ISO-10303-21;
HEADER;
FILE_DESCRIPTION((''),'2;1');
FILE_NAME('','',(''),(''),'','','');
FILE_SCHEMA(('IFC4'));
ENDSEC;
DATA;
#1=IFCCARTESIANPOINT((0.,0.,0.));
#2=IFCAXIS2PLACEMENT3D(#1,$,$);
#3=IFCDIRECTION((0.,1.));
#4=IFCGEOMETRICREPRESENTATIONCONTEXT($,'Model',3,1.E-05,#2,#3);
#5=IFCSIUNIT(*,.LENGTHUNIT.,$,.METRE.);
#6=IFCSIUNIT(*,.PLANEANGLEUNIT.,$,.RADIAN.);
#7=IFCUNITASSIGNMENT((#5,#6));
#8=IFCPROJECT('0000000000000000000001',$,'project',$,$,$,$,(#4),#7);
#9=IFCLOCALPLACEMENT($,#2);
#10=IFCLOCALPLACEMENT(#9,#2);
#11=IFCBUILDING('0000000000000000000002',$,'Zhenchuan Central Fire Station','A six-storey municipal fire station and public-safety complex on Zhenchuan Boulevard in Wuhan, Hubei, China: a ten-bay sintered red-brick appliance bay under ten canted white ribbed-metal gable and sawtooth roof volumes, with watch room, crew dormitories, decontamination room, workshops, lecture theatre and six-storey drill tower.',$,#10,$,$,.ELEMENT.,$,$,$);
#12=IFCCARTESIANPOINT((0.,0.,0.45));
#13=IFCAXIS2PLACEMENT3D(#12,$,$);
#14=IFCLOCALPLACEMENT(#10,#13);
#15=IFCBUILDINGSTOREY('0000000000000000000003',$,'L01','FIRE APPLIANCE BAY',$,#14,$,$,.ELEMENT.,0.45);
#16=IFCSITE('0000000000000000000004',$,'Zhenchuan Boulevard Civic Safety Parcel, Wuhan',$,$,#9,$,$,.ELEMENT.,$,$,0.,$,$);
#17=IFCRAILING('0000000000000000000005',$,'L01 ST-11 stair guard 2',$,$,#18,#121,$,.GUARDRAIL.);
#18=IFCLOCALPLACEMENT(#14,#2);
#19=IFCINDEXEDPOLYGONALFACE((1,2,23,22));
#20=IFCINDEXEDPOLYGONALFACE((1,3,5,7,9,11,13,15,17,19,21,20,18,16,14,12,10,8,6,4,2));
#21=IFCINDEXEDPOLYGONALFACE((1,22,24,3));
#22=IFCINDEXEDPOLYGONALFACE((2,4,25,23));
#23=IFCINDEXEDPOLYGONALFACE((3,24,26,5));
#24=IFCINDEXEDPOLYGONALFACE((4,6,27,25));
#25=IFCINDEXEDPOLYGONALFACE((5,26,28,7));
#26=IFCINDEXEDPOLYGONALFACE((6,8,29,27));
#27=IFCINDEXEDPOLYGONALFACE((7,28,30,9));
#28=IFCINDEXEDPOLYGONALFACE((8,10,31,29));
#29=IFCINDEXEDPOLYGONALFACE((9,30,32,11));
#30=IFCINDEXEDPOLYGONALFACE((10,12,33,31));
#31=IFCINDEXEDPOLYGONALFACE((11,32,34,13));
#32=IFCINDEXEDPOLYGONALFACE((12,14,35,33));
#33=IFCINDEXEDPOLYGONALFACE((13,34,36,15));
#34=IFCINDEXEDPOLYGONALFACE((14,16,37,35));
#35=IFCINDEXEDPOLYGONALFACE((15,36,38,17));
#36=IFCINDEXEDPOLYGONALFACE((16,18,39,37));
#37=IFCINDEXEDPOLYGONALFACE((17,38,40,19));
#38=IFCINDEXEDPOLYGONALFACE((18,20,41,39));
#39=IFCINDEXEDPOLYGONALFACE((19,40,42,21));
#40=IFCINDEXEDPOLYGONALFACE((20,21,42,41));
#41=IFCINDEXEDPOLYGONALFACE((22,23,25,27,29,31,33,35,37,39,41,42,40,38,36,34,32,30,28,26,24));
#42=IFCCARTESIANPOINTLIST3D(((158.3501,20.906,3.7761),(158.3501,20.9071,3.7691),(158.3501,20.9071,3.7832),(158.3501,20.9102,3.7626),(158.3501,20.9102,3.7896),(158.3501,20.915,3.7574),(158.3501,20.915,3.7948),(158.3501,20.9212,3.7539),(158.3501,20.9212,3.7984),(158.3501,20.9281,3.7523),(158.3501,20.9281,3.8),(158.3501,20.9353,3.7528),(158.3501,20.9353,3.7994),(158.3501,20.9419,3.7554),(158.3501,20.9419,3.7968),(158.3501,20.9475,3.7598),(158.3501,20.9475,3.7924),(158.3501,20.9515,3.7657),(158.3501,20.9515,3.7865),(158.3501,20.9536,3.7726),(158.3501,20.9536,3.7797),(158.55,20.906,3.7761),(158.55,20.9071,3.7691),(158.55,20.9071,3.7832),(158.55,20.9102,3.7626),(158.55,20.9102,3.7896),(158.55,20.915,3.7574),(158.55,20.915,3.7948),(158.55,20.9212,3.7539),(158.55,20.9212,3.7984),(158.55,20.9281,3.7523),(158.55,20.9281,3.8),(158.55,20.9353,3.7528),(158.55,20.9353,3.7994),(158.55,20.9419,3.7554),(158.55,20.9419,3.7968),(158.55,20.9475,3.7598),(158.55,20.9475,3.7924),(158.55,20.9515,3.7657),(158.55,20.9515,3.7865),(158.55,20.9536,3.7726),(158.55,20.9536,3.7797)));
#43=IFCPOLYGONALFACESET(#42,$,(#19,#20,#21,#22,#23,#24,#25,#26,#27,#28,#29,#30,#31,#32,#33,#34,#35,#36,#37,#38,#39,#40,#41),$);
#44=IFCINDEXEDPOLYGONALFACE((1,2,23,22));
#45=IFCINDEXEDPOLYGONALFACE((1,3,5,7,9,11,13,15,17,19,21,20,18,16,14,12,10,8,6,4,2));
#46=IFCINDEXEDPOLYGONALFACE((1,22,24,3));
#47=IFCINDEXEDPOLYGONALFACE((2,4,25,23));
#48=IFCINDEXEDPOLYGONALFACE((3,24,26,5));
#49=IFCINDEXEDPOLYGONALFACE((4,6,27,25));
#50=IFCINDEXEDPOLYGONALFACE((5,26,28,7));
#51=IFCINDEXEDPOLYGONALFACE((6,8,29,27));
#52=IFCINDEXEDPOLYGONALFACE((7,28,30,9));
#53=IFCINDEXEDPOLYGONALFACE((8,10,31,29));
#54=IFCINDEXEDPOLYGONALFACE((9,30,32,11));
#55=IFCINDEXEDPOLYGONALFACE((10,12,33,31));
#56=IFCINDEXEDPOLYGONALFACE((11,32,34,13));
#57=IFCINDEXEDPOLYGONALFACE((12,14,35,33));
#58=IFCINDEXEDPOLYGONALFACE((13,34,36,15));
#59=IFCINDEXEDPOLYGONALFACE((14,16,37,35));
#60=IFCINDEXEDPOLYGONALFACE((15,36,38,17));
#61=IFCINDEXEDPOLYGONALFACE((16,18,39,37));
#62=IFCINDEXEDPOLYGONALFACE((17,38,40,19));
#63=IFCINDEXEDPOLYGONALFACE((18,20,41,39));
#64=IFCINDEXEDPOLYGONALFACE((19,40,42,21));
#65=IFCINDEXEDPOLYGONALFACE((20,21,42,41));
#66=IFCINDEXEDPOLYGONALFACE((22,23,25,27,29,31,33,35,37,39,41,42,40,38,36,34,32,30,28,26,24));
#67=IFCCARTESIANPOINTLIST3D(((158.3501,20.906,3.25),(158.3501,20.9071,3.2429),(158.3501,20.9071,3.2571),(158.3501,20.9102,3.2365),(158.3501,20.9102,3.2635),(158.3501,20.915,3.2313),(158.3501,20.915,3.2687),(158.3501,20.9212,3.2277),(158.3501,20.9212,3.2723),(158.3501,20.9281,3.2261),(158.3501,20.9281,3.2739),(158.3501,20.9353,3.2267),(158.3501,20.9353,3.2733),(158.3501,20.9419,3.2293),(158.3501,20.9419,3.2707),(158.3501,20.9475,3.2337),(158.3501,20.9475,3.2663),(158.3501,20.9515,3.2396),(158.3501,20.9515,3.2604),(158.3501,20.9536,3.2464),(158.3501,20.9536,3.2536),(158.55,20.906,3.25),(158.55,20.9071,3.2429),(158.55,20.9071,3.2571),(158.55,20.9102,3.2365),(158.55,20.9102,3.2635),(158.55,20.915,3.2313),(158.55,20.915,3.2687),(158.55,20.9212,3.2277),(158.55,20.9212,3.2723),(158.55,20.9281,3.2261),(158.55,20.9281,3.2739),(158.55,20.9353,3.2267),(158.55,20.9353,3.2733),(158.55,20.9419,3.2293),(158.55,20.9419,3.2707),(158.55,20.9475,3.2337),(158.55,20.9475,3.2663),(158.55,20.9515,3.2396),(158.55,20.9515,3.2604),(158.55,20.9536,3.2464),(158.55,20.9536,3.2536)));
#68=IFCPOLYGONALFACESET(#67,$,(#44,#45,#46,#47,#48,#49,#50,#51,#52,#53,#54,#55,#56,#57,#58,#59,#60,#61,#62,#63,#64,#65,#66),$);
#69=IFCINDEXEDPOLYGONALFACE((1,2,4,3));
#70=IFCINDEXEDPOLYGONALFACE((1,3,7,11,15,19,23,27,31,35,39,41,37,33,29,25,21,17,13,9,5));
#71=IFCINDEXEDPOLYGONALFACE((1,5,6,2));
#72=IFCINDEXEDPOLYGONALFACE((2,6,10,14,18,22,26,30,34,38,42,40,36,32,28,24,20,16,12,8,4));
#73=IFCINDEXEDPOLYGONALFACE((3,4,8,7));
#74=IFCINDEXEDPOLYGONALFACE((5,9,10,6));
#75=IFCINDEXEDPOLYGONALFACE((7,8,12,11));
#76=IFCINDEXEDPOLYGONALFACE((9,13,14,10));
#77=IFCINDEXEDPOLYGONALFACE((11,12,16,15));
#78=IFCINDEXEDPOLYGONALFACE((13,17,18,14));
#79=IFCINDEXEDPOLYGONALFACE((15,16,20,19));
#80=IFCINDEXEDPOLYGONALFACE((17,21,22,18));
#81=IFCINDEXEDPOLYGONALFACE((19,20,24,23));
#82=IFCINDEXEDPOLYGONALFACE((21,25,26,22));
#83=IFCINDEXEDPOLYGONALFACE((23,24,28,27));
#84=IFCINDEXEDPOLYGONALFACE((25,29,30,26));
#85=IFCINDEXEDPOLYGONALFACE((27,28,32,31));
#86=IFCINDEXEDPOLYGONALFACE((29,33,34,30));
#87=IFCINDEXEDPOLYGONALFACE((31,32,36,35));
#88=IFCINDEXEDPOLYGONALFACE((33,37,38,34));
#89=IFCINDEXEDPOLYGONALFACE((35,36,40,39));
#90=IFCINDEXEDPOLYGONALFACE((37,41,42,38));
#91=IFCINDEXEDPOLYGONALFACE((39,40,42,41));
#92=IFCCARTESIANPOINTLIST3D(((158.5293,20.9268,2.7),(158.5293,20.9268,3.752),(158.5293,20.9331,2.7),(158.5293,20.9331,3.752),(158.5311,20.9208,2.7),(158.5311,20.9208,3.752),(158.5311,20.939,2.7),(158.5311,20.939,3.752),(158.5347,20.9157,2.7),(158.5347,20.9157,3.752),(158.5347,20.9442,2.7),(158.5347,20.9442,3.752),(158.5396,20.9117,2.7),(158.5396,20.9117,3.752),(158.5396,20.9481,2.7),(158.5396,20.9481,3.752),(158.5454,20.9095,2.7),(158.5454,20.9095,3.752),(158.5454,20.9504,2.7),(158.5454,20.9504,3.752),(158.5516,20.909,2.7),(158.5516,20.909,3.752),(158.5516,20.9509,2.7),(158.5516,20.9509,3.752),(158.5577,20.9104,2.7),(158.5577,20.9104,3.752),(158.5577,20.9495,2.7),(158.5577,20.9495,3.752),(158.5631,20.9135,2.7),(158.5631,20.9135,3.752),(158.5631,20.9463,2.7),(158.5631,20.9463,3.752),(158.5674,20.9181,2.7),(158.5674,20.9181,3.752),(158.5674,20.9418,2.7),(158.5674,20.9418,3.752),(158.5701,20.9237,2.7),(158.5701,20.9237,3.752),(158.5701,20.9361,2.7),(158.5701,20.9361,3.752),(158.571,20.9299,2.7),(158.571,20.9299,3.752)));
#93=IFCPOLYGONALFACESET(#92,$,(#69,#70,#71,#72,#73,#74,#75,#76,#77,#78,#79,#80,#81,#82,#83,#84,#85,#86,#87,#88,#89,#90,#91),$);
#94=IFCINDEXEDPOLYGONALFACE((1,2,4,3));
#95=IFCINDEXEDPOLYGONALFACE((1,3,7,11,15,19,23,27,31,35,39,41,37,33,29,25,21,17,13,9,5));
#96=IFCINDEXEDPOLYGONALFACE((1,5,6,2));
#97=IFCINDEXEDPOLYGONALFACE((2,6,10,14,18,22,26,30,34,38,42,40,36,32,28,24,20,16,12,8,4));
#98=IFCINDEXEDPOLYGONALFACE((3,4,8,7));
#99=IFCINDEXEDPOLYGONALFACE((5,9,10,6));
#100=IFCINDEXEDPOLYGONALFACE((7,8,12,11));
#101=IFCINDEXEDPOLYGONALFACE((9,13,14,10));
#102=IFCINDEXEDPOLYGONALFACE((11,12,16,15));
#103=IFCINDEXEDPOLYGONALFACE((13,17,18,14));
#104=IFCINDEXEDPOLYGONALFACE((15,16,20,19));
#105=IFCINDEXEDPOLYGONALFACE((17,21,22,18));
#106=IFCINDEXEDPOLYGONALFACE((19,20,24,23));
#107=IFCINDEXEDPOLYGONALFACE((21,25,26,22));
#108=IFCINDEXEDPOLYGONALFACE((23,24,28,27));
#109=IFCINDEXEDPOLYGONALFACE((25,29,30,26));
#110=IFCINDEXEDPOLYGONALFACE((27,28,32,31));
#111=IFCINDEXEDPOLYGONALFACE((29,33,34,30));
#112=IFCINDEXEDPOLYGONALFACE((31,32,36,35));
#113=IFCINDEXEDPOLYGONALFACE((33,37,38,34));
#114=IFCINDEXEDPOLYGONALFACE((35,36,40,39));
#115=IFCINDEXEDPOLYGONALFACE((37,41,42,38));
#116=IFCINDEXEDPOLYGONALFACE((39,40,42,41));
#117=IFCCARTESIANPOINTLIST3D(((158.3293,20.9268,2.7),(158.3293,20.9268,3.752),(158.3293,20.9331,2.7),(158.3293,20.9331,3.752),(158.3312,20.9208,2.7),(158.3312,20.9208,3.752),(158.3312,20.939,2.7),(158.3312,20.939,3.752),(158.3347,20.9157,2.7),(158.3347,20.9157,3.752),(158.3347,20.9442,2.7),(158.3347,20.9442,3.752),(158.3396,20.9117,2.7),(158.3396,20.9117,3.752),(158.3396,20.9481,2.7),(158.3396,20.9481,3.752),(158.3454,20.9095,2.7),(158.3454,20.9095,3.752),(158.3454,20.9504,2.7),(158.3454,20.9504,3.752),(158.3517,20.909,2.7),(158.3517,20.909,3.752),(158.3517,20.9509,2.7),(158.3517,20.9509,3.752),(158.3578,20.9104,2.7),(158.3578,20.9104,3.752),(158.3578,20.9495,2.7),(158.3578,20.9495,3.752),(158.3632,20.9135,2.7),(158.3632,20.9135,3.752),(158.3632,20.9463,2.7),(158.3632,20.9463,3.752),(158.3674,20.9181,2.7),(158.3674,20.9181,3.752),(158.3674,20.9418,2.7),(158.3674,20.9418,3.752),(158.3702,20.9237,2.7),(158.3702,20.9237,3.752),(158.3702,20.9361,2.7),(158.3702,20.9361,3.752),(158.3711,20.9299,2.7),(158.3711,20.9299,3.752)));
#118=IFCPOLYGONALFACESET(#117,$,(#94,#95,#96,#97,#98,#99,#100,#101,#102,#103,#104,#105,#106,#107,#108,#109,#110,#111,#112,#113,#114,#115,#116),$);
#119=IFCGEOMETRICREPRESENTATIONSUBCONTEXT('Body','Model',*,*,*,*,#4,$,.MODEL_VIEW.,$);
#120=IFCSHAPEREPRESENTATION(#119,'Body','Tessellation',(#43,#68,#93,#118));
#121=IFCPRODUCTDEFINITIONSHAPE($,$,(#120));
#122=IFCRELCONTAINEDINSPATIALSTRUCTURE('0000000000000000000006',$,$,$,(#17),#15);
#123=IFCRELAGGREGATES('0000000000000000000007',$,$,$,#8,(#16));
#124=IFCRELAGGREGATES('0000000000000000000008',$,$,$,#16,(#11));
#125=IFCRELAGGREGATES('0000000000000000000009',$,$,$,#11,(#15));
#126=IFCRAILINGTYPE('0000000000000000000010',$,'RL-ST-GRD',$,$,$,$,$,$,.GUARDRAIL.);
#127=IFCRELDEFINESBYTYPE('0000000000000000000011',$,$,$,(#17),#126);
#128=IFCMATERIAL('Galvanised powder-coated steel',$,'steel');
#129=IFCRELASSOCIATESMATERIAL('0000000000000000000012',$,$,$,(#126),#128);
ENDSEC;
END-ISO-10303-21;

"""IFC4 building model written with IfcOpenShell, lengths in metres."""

from ifc_helpers import new_model, si_unit, direction, frame, origin, origin_2d, place, context, subcontext, project, spatial, circle, extrude, material, type_object, element, save


model = new_model("IFC4")

# Units and contexts
model_context = context("Model", 3, precision=1e-05, world=origin(), true_north=direction((0.0, 1.0)))
body_context = subcontext(model_context, "Body", "Model", "MODEL_VIEW")
ifc_project = project(units=[si_unit("LENGTHUNIT", "METRE"), si_unit("PLANEANGLEUNIT", "RADIAN")], contexts=[model_context])

# Site, building, storey
site_placement = place(None, origin())
site = spatial("IfcSite", under=ifc_project, at=site_placement, Name="Zhenchuan Boulevard Civic Safety Parcel, Wuhan", CompositionType="ELEMENT", RefElevation=0.0)
building_placement = place(site_placement, origin())
building = spatial("IfcBuilding", under=site, at=building_placement, Name="Zhenchuan Central Fire Station", Description="A six-storey municipal fire station and public-safety complex on Zhenchuan Boulevard in Wuhan, Hubei, China: a ten-bay sintered red-brick appliance bay under ten canted white ribbed-metal gable and sawtooth roof volumes, with watch room, crew dormitories, decontamination room, workshops, lecture theatre and six-storey drill tower.", CompositionType="ELEMENT")
storey_placement = place(building_placement, frame((0.0, 0.0, 0.45)))
storey = spatial("IfcBuildingStorey", under=building, at=storey_placement, Name="L01", Description="FIRE APPLIANCE BAY", CompositionType="ELEMENT", Elevation=0.45)

# Railing
ifc_material_1 = material(Name="Galvanised powder-coated steel", Category="steel")
railing_type = type_object("IfcRailingType", Name="RL-ST-GRD", PredefinedType="GUARDRAIL", material=ifc_material_1)
railing_1_placement = place(storey_placement, frame((158.55, 20.9299, 2.7)))
element("IfcRailing", 1, at=railing_1_placement, inside=storey, type_object=railing_type, Name="L01 ST-11 stair guard 2", PredefinedType="GUARDRAIL", context=body_context, shape_type="SweptSolid", body=[
    extrude(circle(Radius=0.0239, at=origin_2d()), frame((0.0, 0.0, 1.0762), z_axis=(-1.0, 0.0, 0.0), x_axis=(0.0, -1.0, 0.0)), (0.0, 0.0, 1.0), 0.2),
    extrude(circle(Radius=0.0239, at=origin_2d()), frame((0.0, 0.0, 0.55), z_axis=(-1.0, 0.0, 0.0), x_axis=(0.0, -1.0, 0.0)), (0.0, 0.0, 1.0), 0.2),
    extrude(circle(Radius=0.021, at=origin_2d()), origin(), (0.0, 0.0, 1.0), 1.052),
    extrude(circle(Radius=0.021, at=origin_2d()), frame((-0.2, 0.0, 0.0)), (0.0, 0.0, 1.0), 1.052),
])

save(model, "model.ifc")
